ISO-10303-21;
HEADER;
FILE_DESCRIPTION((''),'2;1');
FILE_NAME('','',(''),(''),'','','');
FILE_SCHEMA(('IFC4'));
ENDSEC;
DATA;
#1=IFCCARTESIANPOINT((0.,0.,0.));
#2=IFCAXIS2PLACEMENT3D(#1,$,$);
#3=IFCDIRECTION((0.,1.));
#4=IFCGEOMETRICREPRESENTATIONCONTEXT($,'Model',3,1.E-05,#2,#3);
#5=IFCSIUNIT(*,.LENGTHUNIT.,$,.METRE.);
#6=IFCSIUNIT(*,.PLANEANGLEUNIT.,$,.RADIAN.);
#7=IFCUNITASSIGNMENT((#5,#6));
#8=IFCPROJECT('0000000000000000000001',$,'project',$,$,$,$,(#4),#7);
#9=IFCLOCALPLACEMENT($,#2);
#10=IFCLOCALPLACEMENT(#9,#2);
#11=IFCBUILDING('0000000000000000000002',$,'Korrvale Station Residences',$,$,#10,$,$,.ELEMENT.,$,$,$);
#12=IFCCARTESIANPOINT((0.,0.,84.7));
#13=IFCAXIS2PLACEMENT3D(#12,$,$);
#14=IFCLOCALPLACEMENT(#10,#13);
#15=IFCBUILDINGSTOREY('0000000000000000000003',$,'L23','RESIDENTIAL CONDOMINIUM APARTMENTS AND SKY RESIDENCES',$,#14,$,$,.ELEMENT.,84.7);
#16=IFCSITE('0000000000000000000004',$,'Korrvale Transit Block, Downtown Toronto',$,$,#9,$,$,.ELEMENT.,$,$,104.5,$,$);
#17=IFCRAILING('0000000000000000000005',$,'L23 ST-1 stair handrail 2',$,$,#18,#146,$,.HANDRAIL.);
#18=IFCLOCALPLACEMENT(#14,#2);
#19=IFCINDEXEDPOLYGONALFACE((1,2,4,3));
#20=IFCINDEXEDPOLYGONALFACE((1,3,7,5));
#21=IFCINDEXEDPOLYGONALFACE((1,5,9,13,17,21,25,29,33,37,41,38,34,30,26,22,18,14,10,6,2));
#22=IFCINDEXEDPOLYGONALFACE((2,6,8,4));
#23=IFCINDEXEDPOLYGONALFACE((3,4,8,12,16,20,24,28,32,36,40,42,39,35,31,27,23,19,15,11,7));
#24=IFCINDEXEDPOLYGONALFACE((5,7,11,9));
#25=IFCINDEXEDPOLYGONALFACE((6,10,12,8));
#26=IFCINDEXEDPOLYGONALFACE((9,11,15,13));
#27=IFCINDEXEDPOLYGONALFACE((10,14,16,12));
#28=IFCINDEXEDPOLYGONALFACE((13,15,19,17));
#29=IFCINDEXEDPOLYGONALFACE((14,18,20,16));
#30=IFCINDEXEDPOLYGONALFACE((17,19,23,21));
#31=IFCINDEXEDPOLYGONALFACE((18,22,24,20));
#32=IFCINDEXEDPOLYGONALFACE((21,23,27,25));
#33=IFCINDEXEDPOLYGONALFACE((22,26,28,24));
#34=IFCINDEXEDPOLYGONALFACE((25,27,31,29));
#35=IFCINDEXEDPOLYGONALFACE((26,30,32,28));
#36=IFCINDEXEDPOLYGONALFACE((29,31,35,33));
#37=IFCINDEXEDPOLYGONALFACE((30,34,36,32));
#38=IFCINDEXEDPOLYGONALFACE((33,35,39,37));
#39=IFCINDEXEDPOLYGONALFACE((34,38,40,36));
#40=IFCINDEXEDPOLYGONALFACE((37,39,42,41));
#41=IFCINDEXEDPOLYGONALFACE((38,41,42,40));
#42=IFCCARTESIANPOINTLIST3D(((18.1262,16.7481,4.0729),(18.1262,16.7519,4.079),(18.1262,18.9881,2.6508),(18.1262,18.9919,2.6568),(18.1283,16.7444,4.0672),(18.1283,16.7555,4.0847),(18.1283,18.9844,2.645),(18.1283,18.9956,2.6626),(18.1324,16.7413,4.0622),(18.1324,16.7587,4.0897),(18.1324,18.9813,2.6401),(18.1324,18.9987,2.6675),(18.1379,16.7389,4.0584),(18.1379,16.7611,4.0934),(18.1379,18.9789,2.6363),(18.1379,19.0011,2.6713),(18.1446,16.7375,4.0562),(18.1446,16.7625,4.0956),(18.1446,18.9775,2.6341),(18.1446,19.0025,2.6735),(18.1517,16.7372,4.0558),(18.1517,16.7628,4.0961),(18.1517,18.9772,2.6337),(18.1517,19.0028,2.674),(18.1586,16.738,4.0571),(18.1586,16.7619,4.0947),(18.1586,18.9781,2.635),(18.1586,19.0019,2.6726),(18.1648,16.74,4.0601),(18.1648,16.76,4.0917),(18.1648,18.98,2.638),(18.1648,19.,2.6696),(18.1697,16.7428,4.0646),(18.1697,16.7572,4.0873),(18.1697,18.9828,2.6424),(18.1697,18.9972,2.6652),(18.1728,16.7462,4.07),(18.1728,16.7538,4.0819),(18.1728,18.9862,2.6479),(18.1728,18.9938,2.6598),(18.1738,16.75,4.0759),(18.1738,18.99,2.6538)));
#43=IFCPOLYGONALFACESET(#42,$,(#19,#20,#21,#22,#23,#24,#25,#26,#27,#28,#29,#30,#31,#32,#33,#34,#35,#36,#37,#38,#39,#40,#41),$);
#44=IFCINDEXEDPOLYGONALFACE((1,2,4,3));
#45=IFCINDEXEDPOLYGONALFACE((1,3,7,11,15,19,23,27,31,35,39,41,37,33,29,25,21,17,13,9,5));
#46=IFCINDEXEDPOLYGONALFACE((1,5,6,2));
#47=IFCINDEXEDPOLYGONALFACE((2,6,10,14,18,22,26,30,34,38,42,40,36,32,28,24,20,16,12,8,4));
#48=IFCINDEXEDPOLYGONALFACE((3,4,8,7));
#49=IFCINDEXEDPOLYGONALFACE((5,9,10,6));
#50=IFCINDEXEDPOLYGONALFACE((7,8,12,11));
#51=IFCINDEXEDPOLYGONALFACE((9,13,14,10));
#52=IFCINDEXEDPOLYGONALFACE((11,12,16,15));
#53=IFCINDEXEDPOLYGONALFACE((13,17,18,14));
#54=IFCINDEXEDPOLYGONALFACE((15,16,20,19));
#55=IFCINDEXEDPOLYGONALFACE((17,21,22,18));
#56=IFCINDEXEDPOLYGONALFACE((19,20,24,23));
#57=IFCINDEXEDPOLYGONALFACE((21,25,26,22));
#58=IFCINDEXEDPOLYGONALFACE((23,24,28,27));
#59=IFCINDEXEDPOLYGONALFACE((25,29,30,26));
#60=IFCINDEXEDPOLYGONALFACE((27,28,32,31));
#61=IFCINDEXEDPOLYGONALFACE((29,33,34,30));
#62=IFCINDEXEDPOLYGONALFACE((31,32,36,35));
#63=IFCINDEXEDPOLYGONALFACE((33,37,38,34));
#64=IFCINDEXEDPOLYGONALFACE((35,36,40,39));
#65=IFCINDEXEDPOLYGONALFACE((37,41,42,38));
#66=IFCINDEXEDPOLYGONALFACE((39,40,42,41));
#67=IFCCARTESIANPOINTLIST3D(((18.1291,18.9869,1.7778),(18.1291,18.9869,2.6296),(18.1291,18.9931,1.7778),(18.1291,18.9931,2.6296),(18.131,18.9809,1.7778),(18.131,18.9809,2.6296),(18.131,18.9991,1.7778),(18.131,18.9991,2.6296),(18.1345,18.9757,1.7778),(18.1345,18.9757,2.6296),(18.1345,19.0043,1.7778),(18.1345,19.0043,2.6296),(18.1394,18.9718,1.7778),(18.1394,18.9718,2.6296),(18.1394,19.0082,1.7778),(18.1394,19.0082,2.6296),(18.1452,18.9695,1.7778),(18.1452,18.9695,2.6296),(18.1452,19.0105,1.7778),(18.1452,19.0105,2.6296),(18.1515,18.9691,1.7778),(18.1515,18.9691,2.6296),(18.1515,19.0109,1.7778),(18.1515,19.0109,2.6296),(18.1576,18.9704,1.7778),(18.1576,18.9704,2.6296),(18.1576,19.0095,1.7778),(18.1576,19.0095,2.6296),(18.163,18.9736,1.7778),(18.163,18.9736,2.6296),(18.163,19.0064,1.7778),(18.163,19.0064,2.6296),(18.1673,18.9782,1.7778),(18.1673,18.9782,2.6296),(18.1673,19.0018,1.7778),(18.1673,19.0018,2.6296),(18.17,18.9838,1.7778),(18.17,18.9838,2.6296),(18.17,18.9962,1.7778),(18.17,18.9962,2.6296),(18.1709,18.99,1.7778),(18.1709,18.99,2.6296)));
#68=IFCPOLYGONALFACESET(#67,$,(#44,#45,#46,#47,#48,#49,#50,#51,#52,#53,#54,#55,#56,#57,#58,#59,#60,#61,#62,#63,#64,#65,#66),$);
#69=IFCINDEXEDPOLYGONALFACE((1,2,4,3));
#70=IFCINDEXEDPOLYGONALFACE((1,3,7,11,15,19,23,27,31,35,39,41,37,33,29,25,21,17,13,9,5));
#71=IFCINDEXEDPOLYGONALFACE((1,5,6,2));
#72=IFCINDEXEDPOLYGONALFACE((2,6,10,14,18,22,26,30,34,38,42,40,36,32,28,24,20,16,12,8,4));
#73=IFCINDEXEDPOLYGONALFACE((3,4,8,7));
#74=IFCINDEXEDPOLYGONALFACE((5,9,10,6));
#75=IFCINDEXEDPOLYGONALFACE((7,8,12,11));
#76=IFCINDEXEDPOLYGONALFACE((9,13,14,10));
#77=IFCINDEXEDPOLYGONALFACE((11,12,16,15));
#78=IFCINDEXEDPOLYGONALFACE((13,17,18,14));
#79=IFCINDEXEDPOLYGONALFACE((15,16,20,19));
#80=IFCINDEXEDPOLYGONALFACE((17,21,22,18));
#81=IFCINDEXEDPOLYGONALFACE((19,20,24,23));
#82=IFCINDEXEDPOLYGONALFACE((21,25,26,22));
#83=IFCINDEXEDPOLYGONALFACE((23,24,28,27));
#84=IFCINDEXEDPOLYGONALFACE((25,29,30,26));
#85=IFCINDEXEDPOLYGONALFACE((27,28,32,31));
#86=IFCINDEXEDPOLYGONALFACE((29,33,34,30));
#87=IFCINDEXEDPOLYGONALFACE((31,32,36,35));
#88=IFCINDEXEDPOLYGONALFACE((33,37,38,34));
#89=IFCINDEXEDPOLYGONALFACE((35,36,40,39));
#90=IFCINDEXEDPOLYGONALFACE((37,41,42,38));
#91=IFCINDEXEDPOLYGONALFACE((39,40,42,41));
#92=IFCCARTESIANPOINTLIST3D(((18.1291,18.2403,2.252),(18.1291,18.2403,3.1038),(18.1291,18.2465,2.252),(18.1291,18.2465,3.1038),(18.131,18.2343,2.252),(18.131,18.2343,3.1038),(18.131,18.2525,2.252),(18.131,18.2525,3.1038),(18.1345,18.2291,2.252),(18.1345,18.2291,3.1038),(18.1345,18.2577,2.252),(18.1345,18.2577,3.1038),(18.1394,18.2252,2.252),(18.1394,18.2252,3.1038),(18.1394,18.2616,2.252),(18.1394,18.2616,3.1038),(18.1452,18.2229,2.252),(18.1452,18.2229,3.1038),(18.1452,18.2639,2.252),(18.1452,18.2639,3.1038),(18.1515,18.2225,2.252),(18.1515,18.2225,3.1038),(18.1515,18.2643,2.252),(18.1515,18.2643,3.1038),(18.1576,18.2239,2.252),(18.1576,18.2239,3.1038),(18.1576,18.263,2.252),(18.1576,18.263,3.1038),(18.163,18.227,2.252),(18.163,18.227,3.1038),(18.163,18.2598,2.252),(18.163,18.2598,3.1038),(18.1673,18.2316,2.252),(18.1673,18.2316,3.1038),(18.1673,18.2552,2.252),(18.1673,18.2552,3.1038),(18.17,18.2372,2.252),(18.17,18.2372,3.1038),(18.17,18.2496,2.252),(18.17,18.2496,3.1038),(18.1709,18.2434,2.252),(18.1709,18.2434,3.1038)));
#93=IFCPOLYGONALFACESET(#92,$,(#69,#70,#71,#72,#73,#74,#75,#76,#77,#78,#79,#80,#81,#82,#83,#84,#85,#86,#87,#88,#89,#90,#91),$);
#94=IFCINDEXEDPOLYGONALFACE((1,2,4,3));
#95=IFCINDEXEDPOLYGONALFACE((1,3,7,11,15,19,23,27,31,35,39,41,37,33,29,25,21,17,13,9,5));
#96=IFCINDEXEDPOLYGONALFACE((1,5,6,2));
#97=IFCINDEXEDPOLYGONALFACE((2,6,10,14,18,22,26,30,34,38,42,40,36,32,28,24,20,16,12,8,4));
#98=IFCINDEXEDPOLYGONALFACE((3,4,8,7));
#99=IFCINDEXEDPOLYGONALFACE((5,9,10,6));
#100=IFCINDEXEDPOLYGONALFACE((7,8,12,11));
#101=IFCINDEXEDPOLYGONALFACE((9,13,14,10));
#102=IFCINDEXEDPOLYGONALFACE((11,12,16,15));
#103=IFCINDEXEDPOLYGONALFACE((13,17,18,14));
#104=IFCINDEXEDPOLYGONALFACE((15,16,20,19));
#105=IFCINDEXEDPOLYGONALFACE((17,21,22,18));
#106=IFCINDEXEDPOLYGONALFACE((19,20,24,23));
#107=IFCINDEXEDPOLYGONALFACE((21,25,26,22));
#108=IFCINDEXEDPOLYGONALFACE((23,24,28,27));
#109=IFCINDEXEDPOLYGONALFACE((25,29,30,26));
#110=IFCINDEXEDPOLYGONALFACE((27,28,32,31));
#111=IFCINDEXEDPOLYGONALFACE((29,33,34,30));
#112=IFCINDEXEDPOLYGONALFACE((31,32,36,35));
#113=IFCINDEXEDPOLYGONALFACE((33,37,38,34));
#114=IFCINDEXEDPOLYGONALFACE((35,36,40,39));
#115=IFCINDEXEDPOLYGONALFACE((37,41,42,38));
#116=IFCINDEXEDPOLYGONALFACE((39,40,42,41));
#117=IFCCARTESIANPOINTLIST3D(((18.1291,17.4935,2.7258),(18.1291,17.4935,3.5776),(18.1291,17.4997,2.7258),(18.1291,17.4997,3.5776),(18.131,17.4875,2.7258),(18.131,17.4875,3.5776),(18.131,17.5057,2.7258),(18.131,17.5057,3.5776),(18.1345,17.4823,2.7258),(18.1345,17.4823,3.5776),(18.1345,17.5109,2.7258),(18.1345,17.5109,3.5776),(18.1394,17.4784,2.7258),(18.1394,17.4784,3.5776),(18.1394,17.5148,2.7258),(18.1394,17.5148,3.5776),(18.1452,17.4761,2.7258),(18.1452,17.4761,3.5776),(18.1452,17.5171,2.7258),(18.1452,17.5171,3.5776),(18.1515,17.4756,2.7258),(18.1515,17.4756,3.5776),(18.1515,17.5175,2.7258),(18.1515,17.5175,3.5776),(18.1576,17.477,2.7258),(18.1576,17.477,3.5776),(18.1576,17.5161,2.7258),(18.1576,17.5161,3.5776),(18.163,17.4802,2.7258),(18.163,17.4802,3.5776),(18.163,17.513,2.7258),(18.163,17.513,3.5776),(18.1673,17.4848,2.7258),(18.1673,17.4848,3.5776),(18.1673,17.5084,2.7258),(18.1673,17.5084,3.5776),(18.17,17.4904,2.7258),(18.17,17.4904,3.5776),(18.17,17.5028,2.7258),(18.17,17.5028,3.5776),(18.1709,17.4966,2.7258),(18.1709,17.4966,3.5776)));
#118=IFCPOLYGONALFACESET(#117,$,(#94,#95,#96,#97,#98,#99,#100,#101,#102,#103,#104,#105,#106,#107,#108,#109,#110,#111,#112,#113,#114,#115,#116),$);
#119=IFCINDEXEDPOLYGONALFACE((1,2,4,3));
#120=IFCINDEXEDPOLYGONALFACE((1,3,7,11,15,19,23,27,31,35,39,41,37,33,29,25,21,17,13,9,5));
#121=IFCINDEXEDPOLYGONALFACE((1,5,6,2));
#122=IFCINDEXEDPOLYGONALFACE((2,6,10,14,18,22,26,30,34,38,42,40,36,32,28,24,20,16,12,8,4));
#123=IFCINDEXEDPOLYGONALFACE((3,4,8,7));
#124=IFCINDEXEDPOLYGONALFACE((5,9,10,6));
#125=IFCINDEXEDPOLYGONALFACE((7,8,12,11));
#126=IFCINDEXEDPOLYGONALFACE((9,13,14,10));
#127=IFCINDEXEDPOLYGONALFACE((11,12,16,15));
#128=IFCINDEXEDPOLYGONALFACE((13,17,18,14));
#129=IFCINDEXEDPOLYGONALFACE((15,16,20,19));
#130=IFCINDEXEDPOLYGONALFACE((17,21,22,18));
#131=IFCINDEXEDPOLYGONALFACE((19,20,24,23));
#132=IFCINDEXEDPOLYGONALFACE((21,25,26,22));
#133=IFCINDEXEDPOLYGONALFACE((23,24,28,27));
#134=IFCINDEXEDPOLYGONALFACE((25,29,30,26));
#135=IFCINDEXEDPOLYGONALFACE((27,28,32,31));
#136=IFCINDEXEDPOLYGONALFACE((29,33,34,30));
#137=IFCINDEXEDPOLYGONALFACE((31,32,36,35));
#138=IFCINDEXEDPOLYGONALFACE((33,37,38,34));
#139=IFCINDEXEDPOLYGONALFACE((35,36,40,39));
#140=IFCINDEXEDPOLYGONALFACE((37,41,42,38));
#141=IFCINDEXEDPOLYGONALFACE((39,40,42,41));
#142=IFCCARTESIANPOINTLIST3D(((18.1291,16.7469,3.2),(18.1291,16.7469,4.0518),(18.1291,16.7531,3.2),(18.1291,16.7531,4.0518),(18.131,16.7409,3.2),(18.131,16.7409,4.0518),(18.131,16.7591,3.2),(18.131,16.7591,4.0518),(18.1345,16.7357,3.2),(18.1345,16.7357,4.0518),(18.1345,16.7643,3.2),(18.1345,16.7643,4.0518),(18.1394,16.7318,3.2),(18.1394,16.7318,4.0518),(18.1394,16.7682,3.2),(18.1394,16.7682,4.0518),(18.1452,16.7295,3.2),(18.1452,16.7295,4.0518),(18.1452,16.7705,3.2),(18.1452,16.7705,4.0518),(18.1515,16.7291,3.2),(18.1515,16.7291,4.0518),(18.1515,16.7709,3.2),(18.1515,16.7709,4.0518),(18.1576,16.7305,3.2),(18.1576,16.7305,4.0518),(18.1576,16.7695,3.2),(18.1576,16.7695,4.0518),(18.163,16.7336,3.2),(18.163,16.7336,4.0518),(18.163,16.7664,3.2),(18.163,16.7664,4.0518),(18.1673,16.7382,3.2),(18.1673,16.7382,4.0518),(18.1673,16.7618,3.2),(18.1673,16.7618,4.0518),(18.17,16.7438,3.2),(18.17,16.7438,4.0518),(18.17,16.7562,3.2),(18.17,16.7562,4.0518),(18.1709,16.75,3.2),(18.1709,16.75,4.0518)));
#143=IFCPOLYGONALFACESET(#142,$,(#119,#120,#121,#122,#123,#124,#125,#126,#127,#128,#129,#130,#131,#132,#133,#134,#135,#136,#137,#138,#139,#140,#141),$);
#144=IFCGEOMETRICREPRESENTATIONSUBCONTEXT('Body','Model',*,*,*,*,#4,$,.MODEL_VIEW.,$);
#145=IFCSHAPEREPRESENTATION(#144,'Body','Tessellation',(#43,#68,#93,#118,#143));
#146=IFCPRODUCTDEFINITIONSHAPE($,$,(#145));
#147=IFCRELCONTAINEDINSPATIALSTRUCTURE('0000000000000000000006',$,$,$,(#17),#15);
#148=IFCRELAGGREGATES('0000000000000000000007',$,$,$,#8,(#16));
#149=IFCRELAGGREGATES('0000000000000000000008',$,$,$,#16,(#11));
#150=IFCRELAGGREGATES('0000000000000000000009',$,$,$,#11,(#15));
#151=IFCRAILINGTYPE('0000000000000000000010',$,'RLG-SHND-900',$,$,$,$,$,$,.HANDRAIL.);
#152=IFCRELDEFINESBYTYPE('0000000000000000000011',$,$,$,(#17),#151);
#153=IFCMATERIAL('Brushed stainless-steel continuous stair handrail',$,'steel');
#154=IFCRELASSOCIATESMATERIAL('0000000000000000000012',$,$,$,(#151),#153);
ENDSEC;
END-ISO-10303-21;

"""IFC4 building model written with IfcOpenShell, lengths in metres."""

from ifc_helpers import new_model, si_unit, direction, frame, origin, origin_2d, place, context, subcontext, project, spatial, circle, extrude, material, type_object, element, save


model = new_model("IFC4")

# Units and contexts
model_context = context("Model", 3, precision=1e-05, world=origin(), true_north=direction((0.0, 1.0)))
body_context = subcontext(model_context, "Body", "Model", "MODEL_VIEW")
ifc_project = project(units=[si_unit("LENGTHUNIT", "METRE"), si_unit("PLANEANGLEUNIT", "RADIAN")], contexts=[model_context])

# Site, building, storey
site_placement = place(None, origin())
site = spatial("IfcSite", under=ifc_project, at=site_placement, Name="Korrvale Transit Block, Downtown Toronto", CompositionType="ELEMENT", RefElevation=104.5)
building_placement = place(site_placement, origin())
building = spatial("IfcBuilding", under=site, at=building_placement, Name="Korrvale Station Residences", CompositionType="ELEMENT")
storey_placement = place(building_placement, frame((0.0, 0.0, 84.7)))
storey = spatial("IfcBuildingStorey", under=building, at=storey_placement, Name="L23", Description="RESIDENTIAL CONDOMINIUM APARTMENTS AND SKY RESIDENCES", CompositionType="ELEMENT", Elevation=84.7)

# Railing
ifc_material_1 = material(Name="Brushed stainless-steel continuous stair handrail", Category="steel")
railing_type_1 = type_object("IfcRailingType", Name="RLG-SHND-900", PredefinedType="HANDRAIL", material=ifc_material_1)
railing_1_placement = place(storey_placement, frame((18.1499, 18.99, 1.7778)))
element("IfcRailing", 1, at=railing_1_placement, inside=storey, type_object=railing_type_1, Name="L23 ST-1 stair handrail 2", PredefinedType="HANDRAIL", context=body_context, shape_type="SweptSolid", body=[
    extrude(circle(Radius=0.0239, at=origin_2d()), frame((0.0, 0.0, 0.876), z_axis=(0.0, -0.844229, 0.535982), x_axis=(1.0, 0.0, 0.0)), (0.0, 0.0, 1.0), 2.6533),
    extrude(circle(Radius=0.021, at=origin_2d()), origin(), (0.0, 0.0, 1.0), 0.8518),
    extrude(circle(Radius=0.021, at=origin_2d()), frame((0.0, -0.7466, 0.4741)), (0.0, 0.0, 1.0), 0.8518),
    extrude(circle(Radius=0.021, at=origin_2d()), frame((0.0, -1.4934, 0.948)), (0.0, 0.0, 1.0), 0.8518),
    extrude(circle(Radius=0.021, at=origin_2d()), frame((0.0, -2.24, 1.4221)), (0.0, 0.0, 1.0), 0.8518),
])

save(model, "model.ifc")
